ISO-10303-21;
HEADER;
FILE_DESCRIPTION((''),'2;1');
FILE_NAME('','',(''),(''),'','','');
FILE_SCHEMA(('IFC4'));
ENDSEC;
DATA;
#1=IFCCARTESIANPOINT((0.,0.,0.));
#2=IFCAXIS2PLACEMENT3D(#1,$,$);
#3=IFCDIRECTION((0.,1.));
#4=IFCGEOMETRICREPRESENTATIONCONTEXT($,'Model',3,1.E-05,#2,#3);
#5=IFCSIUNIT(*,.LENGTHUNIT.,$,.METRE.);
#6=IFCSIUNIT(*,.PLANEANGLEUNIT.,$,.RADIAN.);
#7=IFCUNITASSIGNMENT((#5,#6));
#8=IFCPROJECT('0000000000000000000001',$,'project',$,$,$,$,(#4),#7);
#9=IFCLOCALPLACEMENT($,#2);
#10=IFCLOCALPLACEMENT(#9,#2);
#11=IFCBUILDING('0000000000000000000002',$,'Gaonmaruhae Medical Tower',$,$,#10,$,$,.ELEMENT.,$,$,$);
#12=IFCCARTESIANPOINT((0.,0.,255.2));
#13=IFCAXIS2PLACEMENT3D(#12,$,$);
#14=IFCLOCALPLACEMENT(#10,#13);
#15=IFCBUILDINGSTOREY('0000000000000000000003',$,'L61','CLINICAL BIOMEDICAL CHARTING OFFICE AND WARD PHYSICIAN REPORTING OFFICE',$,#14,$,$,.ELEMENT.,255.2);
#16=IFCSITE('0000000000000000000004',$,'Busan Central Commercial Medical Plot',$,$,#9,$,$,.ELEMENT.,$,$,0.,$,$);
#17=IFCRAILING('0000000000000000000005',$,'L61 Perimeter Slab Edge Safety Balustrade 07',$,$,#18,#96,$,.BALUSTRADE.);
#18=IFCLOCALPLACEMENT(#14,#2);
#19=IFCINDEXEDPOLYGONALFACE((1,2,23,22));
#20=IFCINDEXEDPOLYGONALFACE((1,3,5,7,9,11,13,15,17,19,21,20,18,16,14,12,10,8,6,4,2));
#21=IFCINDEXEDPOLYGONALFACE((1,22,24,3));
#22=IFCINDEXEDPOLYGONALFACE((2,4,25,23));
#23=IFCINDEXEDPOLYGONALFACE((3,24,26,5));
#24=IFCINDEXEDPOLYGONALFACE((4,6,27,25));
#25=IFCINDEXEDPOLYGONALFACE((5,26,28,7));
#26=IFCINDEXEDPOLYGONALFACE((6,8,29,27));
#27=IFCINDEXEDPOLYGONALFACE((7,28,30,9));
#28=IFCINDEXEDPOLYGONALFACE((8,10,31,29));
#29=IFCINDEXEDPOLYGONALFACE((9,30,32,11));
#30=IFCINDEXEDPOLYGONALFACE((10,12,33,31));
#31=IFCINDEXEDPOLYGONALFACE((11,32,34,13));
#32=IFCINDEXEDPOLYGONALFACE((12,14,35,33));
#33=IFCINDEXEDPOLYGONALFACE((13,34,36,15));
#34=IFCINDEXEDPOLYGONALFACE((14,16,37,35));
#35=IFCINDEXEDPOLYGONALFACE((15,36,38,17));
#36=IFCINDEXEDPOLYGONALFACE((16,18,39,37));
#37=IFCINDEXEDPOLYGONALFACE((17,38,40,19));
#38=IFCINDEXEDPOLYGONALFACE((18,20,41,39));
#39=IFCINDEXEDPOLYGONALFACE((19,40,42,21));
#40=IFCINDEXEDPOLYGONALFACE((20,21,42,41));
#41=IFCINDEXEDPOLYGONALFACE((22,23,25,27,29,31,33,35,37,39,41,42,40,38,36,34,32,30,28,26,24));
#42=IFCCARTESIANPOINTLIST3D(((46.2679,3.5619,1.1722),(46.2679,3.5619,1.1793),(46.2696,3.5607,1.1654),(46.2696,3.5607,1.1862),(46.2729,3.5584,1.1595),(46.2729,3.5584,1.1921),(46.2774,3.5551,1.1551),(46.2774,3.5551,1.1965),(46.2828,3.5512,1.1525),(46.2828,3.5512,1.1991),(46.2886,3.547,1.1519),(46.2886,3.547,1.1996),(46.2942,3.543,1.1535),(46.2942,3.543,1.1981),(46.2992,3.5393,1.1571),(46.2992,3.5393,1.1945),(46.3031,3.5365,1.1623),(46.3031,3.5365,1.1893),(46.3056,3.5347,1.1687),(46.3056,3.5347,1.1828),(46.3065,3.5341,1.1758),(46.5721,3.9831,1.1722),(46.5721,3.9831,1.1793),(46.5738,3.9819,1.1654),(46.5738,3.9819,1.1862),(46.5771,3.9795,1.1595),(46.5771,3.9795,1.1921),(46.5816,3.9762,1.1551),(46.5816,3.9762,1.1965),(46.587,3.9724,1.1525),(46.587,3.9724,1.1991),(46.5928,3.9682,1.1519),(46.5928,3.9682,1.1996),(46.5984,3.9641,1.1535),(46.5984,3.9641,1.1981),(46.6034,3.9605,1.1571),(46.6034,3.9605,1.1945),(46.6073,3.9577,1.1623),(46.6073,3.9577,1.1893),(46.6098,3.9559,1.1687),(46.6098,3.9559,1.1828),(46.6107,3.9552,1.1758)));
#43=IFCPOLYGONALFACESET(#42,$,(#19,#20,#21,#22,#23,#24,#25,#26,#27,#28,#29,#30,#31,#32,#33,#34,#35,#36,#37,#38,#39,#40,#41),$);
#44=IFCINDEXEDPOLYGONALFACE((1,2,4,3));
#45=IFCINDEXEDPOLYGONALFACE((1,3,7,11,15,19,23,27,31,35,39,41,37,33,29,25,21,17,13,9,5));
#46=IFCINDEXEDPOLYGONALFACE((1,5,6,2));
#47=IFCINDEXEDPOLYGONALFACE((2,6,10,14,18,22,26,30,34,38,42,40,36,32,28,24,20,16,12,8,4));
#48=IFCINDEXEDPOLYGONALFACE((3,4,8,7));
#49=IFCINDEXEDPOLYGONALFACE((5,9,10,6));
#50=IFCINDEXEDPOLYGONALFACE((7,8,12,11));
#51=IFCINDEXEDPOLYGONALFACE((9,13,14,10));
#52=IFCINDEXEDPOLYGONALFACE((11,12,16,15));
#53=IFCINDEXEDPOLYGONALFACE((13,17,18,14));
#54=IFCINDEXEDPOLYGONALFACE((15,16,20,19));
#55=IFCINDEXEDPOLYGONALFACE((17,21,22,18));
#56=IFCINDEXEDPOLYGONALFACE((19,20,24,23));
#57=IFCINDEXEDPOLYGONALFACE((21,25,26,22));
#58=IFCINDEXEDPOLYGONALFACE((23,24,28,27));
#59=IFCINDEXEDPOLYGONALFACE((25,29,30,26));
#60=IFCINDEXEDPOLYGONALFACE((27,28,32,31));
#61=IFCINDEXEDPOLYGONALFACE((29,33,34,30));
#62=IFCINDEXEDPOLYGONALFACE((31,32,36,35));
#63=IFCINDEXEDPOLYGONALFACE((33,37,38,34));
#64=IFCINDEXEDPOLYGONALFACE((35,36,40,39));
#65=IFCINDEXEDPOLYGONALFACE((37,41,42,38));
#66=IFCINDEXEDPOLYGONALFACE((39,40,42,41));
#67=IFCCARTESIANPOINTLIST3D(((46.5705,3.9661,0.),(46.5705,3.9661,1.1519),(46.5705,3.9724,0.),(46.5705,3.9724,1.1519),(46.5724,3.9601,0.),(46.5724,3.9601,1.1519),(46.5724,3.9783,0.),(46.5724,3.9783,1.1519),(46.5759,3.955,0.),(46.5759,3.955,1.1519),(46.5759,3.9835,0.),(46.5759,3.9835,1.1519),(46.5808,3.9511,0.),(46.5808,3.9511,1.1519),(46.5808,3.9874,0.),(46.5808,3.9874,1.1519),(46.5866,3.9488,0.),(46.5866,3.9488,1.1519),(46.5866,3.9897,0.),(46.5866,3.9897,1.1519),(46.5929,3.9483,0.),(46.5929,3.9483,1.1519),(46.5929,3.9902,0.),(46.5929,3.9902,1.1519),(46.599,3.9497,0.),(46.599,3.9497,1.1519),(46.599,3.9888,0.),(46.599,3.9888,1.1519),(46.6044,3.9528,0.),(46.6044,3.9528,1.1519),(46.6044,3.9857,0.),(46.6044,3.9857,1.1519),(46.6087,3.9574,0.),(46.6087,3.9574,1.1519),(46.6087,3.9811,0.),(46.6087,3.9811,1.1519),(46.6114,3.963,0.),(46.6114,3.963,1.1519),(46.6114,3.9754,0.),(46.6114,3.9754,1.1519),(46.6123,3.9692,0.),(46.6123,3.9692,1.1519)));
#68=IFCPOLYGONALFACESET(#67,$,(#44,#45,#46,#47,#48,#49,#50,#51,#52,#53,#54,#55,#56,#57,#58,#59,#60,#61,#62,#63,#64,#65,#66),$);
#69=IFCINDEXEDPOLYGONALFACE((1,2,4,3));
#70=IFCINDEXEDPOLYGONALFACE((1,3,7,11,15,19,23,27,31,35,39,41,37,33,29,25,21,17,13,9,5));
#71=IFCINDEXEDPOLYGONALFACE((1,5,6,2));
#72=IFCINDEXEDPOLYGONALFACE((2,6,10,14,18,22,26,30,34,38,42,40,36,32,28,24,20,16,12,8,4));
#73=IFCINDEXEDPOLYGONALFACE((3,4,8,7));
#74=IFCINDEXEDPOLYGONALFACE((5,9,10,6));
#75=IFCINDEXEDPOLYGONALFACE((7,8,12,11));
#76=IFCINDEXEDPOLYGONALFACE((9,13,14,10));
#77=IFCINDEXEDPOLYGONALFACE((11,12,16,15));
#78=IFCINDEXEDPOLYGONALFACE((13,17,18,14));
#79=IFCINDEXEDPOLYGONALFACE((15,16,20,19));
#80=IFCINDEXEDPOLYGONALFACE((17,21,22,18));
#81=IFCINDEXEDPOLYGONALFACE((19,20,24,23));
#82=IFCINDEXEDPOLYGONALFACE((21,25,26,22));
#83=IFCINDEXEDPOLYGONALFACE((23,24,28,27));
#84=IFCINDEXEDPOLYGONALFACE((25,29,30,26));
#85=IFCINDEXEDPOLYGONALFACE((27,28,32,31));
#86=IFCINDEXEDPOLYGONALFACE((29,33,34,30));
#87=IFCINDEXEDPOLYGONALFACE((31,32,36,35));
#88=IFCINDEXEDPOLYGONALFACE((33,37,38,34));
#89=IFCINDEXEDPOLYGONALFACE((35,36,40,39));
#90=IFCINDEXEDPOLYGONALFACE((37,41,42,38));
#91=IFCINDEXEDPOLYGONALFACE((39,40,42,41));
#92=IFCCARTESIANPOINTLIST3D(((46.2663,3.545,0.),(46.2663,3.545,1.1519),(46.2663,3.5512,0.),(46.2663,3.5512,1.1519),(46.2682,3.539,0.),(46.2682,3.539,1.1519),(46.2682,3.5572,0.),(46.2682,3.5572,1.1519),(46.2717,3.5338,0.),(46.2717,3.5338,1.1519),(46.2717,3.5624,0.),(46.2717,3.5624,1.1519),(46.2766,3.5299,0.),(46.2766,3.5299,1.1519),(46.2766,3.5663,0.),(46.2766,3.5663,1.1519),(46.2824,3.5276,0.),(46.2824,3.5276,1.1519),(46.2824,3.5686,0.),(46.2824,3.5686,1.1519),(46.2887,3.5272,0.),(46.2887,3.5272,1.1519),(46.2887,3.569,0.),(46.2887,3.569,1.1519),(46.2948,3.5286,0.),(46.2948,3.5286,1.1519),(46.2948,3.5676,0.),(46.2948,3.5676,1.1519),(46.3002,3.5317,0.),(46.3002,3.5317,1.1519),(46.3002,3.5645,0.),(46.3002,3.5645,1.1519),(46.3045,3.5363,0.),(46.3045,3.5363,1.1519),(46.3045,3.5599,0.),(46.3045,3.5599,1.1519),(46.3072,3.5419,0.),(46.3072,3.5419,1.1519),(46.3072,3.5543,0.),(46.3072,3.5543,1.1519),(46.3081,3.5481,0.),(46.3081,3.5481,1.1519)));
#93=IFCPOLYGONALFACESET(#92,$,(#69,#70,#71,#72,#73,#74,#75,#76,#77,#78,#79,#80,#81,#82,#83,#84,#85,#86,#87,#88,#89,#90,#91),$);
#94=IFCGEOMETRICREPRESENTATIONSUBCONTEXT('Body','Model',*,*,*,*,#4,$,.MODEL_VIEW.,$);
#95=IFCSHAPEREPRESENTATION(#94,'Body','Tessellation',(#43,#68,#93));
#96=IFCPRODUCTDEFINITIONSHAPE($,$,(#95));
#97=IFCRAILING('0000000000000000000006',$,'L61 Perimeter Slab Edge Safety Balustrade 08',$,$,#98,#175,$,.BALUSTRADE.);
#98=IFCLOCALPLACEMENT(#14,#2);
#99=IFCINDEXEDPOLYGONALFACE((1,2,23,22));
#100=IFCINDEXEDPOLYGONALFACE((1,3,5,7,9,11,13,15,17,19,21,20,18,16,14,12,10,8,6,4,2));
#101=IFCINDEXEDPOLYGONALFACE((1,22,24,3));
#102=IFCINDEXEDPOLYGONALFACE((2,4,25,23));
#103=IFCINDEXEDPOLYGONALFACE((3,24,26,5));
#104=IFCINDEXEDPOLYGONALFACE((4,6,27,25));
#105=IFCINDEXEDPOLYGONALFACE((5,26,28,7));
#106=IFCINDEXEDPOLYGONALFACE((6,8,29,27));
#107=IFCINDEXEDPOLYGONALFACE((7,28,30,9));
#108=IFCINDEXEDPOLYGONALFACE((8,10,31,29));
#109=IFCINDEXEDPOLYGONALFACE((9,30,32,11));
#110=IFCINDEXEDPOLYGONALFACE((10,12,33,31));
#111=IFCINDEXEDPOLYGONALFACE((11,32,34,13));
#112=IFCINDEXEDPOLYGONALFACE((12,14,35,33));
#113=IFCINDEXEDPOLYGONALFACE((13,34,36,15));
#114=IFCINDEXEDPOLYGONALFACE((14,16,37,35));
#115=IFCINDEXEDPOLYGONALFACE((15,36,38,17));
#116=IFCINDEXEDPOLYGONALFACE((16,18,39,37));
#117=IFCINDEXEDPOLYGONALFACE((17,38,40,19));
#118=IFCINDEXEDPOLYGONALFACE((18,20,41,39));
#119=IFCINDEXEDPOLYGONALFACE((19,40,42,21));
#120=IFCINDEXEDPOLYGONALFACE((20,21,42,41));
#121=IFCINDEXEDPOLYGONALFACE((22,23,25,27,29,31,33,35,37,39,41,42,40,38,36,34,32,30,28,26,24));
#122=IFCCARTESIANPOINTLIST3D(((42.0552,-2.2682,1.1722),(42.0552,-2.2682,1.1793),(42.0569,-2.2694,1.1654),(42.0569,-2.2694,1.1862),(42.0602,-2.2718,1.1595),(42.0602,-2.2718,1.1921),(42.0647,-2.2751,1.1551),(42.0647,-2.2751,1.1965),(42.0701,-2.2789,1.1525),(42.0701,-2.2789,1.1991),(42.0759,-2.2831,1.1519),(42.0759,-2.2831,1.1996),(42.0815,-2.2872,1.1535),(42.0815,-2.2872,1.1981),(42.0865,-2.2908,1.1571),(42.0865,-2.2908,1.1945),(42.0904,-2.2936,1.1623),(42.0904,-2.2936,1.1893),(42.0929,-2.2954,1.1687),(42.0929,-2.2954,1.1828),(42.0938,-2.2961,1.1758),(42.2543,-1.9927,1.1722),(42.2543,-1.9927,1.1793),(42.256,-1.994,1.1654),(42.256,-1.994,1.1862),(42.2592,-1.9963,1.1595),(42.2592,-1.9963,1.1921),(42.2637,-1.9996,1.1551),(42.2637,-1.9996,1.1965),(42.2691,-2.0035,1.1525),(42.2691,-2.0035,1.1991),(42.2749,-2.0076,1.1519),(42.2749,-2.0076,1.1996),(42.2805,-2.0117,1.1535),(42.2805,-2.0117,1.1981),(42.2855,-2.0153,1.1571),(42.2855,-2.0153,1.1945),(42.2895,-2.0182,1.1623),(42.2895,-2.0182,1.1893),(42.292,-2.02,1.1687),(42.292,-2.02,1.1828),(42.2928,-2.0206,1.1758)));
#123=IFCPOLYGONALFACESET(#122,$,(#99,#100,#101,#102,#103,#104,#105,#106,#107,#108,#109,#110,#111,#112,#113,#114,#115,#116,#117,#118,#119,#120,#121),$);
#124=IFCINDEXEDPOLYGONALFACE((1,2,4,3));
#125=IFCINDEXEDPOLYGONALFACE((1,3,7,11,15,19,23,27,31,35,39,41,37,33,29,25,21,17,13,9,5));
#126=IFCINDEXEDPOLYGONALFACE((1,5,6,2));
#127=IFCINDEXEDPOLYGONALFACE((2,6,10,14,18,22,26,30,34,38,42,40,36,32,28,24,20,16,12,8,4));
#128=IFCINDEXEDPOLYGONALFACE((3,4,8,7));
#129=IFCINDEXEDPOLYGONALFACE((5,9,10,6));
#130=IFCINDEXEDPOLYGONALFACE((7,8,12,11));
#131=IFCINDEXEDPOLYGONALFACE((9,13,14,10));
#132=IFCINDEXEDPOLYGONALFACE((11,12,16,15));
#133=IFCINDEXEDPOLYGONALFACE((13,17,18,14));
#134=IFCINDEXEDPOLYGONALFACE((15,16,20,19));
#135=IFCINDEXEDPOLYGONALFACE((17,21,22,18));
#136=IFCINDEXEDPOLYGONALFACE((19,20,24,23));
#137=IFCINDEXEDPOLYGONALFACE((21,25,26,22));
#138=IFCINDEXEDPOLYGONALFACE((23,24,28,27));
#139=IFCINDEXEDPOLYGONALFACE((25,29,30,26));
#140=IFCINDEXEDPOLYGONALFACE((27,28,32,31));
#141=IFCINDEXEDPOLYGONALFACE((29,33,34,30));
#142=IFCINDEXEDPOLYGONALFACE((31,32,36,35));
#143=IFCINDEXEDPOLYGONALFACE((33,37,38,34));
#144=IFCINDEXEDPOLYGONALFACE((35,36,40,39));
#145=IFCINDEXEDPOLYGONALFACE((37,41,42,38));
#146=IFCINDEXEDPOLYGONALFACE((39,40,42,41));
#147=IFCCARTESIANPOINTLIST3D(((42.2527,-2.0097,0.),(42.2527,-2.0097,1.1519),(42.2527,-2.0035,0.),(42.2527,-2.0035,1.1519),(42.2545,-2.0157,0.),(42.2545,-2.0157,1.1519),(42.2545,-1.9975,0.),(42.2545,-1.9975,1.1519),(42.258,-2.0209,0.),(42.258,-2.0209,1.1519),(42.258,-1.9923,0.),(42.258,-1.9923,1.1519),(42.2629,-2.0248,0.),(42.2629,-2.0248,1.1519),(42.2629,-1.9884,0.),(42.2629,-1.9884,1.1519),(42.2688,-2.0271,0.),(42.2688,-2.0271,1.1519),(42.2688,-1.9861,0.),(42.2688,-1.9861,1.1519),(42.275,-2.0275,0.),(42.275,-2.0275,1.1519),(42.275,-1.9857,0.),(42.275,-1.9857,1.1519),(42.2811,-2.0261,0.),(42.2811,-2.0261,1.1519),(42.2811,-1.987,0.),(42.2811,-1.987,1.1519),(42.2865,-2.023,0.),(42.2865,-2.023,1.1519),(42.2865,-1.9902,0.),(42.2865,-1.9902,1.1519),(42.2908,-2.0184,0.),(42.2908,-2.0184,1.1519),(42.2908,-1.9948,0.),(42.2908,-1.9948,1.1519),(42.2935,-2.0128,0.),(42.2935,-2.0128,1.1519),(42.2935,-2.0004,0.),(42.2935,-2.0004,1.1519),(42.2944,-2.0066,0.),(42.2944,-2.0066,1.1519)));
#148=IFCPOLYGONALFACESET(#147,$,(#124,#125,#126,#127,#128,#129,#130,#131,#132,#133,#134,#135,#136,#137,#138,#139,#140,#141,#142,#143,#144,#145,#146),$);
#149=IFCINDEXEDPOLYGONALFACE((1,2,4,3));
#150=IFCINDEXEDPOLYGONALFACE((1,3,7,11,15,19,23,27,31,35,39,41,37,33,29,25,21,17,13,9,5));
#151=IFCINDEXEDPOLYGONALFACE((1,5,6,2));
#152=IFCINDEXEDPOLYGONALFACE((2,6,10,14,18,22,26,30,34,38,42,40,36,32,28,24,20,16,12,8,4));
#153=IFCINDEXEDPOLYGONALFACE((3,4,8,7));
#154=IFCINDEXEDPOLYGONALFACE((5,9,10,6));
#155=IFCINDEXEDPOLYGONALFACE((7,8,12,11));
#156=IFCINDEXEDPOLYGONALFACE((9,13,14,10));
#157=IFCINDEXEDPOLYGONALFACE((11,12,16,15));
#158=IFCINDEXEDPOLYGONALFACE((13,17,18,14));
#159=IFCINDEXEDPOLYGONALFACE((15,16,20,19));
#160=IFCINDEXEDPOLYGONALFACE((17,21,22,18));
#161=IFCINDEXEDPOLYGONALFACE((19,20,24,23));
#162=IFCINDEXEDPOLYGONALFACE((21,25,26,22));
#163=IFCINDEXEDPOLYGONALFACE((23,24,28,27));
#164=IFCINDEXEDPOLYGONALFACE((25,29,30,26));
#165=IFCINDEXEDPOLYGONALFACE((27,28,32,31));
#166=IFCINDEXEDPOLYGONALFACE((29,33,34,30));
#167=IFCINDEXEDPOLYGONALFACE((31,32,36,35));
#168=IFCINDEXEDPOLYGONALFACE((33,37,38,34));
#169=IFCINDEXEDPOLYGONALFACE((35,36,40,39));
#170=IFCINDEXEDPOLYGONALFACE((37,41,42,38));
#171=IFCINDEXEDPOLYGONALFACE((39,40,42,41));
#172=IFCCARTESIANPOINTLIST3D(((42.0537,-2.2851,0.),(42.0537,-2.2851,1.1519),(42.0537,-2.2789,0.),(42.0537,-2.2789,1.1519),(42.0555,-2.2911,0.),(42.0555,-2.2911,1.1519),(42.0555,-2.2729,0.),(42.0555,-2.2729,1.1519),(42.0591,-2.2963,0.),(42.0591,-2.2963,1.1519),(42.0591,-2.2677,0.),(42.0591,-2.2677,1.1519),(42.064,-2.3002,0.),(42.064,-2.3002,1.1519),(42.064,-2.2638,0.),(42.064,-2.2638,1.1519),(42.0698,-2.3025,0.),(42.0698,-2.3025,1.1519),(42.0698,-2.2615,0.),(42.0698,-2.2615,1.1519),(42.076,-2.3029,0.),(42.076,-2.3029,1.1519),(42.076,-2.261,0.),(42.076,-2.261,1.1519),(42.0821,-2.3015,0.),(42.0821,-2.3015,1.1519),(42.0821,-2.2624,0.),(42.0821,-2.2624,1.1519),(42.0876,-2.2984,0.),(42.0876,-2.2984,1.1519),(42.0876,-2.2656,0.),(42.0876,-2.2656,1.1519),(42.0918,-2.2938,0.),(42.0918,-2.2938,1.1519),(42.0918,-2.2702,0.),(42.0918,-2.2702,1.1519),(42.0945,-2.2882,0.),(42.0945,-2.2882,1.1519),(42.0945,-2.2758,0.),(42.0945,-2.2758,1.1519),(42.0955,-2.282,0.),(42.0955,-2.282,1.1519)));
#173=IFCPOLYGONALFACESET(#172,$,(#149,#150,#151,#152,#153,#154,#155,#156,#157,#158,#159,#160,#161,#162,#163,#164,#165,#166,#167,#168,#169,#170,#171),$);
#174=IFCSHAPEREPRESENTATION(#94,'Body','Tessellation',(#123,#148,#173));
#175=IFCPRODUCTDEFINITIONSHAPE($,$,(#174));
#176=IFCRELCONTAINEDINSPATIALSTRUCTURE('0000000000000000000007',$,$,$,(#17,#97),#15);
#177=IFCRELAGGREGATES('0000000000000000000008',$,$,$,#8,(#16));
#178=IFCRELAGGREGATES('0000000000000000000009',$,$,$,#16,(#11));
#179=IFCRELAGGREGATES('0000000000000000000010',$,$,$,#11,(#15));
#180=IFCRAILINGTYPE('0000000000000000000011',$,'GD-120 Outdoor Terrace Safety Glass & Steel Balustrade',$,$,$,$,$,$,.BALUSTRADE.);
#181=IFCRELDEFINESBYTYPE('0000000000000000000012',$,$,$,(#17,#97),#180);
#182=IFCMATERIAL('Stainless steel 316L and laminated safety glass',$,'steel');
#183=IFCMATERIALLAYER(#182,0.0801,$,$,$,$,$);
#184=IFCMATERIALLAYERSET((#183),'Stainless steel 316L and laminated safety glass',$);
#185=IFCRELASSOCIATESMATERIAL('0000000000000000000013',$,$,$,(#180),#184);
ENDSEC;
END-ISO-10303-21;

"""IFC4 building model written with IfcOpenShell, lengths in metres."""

from ifc_helpers import new_model, si_unit, direction, frame, origin, origin_2d, place, context, subcontext, project, spatial, circle, extrude, material, layer, layer_set, type_object, element, save


model = new_model("IFC4")

# Units and contexts
model_context = context("Model", 3, precision=1e-05, world=origin(), true_north=direction((0.0, 1.0)))
body_context = subcontext(model_context, "Body", "Model", "MODEL_VIEW")
ifc_project = project(units=[si_unit("LENGTHUNIT", "METRE"), si_unit("PLANEANGLEUNIT", "RADIAN")], contexts=[model_context])

# Site, building, storey
site_placement = place(None, origin())
site = spatial("IfcSite", under=ifc_project, at=site_placement, Name="Busan Central Commercial Medical Plot", CompositionType="ELEMENT", RefElevation=0.0)
building_placement = place(site_placement, origin())
building = spatial("IfcBuilding", under=site, at=building_placement, Name="Gaonmaruhae Medical Tower", CompositionType="ELEMENT")
storey_placement = place(building_placement, frame((0.0, 0.0, 255.2)))
storey = spatial("IfcBuildingStorey", under=building, at=storey_placement, Name="L61", Description="CLINICAL BIOMEDICAL CHARTING OFFICE AND WARD PHYSICIAN REPORTING OFFICE", CompositionType="ELEMENT", Elevation=255.2)

# Railings
ifc_material_1 = material(Name="Stainless steel 316L and laminated safety glass", Category="steel")
ifc_layer_1 = layer(ifc_material_1, 0.0801)
ifc_layer_set_1 = layer_set([ifc_layer_1], Name="Stainless steel 316L and laminated safety glass")
railing_type = type_object("IfcRailingType", Name="GD-120 Outdoor Terrace Safety Glass & Steel Balustrade", PredefinedType="BALUSTRADE", material=ifc_layer_set_1)
railing_1_placement = place(storey_placement, frame((46.5913, 3.9692, 0.0)))
element("IfcRailing", 1, at=railing_1_placement, inside=storey, type_object=railing_type, Name="L61 Perimeter Slab Edge Safety Balustrade 07", PredefinedType="BALUSTRADE", context=body_context, shape_type="SweptSolid", body=[
    extrude(circle(Radius=0.0239, at=origin_2d()), frame((0.0, 0.0, 1.1758), z_axis=(-0.585542, -0.810642, 0.0), x_axis=(0.810642, -0.585542, 0.0)), (0.0, 0.0, 1.0), 0.5195),
    extrude(circle(Radius=0.021, at=origin_2d()), origin(), (0.0, 0.0, 1.0), 1.1519),
    extrude(circle(Radius=0.021, at=origin_2d()), frame((-0.3042, -0.4211, 0.0)), (0.0, 0.0, 1.0), 1.1519),
])
for number, where, name in (
    (2, (42.2734, -2.0066, 0.0), "L61 Perimeter Slab Edge Safety Balustrade 08"),
):
    element("IfcRailing", number, at=place(storey_placement, frame(where)), inside=storey, type_object=railing_type, Name=name, PredefinedType="BALUSTRADE", context=body_context, shape_type="SweptSolid", body=[
        extrude(circle(Radius=0.0239, at=origin_2d()), frame((0.0, 0.0, 1.1758), z_axis=(-0.585648, -0.810566, 0.0), x_axis=(0.810566, -0.585648, 0.0)), (0.0, 0.0, 1.0), 0.3398),
        extrude(circle(Radius=0.021, at=origin_2d()), origin(), (0.0, 0.0, 1.0), 1.1519),
        extrude(circle(Radius=0.021, at=origin_2d()), frame((-0.199, -0.2754, 0.0)), (0.0, 0.0, 1.0), 1.1519),
    ])

save(model, "model.ifc")
